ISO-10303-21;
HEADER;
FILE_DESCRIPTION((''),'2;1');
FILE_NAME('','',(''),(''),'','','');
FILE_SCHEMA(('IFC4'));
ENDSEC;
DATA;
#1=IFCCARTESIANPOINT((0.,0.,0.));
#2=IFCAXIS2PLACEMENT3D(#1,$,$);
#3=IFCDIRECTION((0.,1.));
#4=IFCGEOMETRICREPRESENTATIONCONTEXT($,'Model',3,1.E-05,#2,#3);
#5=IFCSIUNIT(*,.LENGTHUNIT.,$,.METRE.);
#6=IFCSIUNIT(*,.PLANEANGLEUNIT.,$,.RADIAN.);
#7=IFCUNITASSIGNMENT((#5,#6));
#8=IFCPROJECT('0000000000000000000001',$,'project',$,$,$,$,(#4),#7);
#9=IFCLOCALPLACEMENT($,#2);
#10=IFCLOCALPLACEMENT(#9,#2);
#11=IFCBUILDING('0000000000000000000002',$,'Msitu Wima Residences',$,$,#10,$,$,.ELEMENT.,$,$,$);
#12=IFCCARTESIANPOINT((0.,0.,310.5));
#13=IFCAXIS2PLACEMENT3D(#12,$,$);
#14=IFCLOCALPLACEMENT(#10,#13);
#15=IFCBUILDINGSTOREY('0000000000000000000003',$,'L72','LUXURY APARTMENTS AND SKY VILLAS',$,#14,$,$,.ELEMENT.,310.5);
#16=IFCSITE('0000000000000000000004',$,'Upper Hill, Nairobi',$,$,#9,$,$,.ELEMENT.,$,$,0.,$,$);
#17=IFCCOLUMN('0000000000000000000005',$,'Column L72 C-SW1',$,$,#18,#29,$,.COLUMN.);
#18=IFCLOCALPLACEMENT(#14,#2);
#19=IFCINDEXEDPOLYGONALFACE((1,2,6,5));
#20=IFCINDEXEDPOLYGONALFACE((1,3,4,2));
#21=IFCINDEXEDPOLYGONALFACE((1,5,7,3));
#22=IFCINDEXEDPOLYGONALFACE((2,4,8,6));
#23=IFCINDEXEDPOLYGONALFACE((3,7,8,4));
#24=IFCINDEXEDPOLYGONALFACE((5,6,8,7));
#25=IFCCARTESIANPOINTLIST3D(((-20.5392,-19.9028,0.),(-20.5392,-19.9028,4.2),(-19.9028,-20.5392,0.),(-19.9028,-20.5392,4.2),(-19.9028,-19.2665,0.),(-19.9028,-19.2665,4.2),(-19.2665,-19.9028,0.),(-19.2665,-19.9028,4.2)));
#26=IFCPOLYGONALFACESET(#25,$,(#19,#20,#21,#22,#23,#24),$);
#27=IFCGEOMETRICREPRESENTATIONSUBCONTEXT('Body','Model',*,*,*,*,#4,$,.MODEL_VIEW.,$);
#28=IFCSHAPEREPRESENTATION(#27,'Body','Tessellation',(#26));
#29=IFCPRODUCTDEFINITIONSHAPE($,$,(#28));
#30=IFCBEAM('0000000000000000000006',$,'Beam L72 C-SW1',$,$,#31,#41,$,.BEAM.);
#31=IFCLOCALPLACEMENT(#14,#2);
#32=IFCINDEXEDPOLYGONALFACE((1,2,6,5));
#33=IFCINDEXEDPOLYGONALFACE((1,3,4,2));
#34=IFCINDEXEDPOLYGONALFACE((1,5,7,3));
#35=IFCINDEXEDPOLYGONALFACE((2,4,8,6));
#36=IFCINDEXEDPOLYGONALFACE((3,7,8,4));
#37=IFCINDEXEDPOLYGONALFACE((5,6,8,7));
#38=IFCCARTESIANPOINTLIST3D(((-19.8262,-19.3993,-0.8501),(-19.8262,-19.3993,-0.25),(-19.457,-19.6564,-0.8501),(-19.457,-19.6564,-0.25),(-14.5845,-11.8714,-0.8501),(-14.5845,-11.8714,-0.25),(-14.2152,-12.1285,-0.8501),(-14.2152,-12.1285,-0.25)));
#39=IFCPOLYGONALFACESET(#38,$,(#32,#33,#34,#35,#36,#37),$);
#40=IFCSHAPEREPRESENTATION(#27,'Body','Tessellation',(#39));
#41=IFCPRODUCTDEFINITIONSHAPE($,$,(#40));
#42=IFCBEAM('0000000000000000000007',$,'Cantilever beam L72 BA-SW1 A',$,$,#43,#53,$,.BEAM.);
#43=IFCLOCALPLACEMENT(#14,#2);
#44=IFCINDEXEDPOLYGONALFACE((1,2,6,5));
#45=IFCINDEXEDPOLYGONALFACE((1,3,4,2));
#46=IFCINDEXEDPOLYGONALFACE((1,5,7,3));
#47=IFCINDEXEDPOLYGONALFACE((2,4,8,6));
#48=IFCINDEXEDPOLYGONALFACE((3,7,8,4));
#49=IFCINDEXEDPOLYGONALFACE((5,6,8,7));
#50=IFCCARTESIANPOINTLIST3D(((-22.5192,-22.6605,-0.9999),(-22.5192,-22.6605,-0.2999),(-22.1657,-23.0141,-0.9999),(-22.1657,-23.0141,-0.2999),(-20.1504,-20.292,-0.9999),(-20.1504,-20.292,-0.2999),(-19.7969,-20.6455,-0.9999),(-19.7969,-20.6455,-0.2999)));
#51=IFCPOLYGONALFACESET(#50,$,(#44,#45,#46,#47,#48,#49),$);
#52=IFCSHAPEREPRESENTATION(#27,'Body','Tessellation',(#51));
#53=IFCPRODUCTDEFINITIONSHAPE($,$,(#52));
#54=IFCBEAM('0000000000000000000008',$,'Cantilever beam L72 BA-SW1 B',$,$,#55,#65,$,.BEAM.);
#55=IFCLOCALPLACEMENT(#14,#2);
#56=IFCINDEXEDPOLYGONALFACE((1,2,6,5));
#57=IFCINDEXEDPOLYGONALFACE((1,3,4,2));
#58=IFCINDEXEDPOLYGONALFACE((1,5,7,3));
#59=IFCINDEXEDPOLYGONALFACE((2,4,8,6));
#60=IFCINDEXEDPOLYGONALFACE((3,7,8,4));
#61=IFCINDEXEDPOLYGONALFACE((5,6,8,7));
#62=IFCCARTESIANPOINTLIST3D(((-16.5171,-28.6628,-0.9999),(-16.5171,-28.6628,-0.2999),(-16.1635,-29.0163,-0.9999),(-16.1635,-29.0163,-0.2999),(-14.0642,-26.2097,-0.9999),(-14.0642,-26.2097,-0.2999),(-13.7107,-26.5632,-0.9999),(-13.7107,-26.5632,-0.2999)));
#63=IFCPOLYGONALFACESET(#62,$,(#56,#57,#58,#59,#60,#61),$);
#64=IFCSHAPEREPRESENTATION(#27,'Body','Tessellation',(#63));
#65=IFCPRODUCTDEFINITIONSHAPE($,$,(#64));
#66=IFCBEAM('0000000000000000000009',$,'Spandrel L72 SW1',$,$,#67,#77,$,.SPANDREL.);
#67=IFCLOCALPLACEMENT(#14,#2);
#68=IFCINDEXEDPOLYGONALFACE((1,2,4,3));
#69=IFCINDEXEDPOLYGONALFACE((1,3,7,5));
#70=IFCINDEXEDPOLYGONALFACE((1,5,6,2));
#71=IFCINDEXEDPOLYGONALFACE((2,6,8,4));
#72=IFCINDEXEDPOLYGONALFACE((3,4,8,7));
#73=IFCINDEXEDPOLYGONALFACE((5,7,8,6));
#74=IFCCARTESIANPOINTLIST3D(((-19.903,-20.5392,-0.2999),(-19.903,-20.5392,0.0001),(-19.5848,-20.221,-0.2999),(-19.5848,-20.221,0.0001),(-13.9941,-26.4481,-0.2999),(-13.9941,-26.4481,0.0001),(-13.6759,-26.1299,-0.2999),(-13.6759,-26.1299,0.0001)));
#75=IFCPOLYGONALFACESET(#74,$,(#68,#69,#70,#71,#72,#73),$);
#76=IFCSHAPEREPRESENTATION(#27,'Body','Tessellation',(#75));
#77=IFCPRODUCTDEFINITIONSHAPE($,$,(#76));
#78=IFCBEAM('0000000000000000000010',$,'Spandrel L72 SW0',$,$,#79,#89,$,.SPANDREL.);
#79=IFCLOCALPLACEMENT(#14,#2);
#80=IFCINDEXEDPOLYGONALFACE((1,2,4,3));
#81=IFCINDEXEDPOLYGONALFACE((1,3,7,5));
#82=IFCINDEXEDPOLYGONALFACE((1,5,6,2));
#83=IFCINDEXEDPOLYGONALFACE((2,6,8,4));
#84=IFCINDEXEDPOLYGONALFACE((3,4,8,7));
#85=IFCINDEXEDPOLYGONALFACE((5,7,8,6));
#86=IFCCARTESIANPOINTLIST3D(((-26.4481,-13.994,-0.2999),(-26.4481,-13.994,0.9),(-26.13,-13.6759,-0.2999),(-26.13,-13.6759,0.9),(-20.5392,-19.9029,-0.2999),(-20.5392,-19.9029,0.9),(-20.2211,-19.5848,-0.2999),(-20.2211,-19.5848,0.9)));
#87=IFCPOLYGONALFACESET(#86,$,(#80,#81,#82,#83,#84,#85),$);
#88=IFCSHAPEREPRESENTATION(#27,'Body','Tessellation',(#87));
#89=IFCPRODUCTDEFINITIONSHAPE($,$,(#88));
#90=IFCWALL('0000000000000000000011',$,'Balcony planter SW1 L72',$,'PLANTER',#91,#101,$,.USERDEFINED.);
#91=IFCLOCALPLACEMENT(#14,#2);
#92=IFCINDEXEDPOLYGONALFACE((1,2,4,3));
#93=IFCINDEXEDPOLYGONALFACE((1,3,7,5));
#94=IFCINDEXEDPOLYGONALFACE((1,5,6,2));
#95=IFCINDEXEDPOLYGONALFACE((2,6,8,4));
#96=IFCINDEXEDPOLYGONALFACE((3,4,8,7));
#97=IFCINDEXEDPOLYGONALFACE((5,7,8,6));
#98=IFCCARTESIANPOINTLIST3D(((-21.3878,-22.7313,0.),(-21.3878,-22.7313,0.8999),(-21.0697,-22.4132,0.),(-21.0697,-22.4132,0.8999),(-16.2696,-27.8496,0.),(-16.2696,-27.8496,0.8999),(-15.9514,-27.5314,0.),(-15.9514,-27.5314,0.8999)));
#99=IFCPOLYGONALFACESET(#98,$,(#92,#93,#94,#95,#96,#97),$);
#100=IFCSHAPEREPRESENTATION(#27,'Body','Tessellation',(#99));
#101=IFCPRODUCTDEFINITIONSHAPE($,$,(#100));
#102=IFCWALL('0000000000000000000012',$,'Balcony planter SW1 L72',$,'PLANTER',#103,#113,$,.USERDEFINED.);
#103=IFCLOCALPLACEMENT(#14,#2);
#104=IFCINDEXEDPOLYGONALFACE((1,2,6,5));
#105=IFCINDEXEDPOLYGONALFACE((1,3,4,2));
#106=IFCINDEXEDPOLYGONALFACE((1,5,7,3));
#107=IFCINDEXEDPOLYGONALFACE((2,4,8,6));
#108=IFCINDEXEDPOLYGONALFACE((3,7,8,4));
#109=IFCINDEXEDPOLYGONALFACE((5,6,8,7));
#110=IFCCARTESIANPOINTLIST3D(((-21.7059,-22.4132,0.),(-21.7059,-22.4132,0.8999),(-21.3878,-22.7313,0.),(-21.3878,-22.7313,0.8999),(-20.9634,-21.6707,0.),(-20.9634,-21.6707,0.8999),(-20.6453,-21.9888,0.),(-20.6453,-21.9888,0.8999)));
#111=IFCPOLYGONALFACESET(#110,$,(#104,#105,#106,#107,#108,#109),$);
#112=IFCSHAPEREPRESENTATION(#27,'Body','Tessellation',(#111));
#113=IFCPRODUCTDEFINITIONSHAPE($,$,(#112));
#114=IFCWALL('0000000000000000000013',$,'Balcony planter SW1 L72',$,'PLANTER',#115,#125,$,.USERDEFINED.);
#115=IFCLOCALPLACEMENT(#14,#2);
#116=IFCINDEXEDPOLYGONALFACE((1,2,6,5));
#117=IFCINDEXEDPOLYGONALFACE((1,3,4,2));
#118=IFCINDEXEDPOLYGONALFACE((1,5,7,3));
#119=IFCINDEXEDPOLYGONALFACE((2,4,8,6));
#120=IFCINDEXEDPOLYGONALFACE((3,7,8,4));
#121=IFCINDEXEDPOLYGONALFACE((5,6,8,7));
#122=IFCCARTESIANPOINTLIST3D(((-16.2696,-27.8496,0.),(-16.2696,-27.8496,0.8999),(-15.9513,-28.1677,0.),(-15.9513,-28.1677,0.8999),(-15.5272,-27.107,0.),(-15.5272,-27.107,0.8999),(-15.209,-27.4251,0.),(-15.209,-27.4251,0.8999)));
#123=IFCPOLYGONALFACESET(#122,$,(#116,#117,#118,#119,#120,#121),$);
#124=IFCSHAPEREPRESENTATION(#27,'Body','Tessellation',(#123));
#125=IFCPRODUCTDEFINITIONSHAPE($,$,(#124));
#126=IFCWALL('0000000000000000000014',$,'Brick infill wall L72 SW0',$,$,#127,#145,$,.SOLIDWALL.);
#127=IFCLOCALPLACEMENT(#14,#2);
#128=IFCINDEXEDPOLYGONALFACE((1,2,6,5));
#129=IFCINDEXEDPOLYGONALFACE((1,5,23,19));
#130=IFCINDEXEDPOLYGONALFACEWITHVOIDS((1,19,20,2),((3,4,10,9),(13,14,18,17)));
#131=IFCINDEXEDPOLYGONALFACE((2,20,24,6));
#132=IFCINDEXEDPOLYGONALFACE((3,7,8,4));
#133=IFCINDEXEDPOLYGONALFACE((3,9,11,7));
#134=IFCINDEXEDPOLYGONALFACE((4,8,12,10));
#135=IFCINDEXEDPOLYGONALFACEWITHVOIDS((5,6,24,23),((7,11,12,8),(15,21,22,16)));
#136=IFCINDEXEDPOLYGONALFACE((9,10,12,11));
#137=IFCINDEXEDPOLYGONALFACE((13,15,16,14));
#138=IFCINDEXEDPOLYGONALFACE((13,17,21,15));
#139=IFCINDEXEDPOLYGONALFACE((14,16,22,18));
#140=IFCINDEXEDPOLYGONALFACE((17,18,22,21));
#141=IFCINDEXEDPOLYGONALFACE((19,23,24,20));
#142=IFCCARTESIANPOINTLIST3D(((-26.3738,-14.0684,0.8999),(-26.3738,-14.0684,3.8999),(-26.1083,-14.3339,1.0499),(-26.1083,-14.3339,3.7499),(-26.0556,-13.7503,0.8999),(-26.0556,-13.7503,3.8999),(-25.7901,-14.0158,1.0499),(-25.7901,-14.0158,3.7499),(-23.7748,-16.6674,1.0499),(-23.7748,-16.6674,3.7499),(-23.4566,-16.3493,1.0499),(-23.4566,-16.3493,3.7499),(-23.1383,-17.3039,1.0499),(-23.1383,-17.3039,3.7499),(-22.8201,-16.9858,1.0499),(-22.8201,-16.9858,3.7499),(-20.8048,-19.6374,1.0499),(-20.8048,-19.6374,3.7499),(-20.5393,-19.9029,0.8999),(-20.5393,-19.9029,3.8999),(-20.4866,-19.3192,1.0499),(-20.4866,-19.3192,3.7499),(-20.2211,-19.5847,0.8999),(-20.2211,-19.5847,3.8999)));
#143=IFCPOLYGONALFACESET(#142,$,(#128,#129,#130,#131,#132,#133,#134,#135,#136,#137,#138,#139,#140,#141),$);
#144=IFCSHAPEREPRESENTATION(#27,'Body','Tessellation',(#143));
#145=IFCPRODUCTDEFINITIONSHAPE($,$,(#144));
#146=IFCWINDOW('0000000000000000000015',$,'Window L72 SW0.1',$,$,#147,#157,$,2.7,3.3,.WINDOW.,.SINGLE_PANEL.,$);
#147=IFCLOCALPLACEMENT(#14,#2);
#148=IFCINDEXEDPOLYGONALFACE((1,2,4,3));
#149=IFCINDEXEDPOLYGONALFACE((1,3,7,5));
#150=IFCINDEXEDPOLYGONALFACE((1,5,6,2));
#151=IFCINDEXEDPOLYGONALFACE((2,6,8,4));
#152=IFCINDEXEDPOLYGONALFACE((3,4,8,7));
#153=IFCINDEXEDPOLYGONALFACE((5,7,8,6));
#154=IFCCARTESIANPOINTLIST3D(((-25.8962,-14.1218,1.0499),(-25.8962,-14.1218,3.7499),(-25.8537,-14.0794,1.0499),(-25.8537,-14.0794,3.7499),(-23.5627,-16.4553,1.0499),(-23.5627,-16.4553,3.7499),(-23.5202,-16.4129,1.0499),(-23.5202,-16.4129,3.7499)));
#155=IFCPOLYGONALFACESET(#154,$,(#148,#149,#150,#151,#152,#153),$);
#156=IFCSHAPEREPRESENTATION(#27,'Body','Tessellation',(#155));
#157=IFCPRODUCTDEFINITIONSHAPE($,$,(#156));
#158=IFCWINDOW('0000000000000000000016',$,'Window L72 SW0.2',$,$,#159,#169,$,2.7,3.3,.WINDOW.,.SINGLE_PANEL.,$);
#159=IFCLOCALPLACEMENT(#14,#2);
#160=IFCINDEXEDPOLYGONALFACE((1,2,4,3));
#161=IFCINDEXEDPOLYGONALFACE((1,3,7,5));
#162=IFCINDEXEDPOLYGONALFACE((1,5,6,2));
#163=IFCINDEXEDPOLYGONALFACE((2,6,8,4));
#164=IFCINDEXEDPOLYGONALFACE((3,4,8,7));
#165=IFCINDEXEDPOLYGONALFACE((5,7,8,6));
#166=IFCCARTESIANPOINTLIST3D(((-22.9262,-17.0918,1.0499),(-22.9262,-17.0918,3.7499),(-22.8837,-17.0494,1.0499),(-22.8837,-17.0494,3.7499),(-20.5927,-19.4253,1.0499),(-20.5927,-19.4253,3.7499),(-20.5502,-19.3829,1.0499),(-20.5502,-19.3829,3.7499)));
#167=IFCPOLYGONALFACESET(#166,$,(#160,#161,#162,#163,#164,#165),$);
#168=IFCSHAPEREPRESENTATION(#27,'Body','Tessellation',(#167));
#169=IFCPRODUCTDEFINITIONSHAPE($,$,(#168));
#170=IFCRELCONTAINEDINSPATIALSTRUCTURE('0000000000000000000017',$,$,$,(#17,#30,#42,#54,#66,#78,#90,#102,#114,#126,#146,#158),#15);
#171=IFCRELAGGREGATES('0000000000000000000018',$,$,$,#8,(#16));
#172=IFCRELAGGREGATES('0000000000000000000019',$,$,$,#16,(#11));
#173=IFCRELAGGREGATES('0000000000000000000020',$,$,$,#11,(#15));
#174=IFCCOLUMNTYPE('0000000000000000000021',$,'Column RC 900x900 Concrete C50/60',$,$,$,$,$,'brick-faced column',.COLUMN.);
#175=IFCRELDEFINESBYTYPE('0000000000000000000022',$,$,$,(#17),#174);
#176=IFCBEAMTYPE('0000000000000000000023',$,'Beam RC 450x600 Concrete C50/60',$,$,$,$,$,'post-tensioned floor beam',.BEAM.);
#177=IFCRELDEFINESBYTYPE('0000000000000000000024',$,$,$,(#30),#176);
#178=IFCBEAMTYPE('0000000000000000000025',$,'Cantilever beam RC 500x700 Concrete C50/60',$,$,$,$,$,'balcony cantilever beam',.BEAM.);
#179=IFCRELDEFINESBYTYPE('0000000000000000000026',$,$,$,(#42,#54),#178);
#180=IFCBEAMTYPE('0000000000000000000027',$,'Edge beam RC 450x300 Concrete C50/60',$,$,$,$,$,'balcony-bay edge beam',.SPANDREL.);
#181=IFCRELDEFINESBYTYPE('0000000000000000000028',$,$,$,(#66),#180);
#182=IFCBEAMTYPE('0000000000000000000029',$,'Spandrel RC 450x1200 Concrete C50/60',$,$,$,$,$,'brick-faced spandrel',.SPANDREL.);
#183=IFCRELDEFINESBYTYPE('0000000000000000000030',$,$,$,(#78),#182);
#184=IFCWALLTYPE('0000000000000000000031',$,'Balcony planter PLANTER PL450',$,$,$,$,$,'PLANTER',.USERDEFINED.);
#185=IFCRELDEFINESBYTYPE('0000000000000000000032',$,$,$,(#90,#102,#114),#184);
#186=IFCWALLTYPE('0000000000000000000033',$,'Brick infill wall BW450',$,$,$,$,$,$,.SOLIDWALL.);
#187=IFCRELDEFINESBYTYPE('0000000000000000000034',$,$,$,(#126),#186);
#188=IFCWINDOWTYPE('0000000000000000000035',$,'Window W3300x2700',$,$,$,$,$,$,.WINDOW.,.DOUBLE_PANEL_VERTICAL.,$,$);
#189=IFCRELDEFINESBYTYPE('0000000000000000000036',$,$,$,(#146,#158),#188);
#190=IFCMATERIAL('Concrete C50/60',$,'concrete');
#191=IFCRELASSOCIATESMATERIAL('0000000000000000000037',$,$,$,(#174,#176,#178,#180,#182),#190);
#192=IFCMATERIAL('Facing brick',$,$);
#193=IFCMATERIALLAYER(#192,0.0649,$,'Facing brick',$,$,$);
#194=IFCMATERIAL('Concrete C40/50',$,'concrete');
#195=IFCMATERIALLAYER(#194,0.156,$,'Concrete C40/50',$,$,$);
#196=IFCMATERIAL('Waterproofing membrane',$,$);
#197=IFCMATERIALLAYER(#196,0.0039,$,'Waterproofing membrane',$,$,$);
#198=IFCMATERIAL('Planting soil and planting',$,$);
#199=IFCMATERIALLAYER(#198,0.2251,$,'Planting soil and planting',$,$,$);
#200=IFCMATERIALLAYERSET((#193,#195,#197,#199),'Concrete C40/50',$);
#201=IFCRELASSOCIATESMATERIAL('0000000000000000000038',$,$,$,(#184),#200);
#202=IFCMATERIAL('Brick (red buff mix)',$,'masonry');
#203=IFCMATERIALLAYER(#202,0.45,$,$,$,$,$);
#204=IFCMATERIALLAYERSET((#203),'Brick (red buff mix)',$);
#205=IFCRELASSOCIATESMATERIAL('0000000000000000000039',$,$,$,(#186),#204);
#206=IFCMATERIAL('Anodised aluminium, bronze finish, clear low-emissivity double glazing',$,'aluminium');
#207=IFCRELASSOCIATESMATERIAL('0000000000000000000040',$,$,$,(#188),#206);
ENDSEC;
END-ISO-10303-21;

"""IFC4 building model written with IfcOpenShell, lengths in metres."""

from ifc_helpers import new_model, si_unit, direction, frame, frame_2d, origin, origin_2d, place, context, subcontext, project, spatial, rectangle, extrude, material, layer, layer_set, material_profile, profile_set, type_object, element, fill, save


model = new_model("IFC4")

# Units and contexts
model_context = context("Model", 3, precision=1e-05, world=origin(), true_north=direction((0.0, 1.0)))
body_context = subcontext(model_context, "Body", "Model", "MODEL_VIEW")
ifc_project = project(units=[si_unit("LENGTHUNIT", "METRE"), si_unit("PLANEANGLEUNIT", "RADIAN")], contexts=[model_context])

# Site, building, storey
site_placement = place(None, origin())
site = spatial("IfcSite", under=ifc_project, at=site_placement, Name="Upper Hill, Nairobi", CompositionType="ELEMENT", RefElevation=0.0)
building_placement = place(site_placement, origin())
building = spatial("IfcBuilding", under=site, at=building_placement, Name="Msitu Wima Residences", CompositionType="ELEMENT")
storey_placement = place(building_placement, frame((0.0, 0.0, 310.5)))
storey = spatial("IfcBuildingStorey", under=building, at=storey_placement, Name="L72", Description="LUXURY APARTMENTS AND SKY VILLAS", CompositionType="ELEMENT", Elevation=310.5)

# Column
ifc_material_1 = material(Name="Concrete C50/60", Category="concrete")
ifc_material_profile_1 = material_profile(ifc_material_1, rectangle(XDim=0.8999, YDim=0.8999, at=origin_2d()), Name="RC 900x900")
ifc_profile_set_1 = profile_set([ifc_material_profile_1], Name="Concrete C50/60")
column_type = type_object("IfcColumnType", Name="Column RC 900x900 Concrete C50/60", ElementType="brick-faced column", PredefinedType="COLUMN", material=ifc_profile_set_1)
column_placement = place(storey_placement, frame((-19.9028, -19.9028, 0.0), z_axis=(0.0, 0.0, 1.0), x_axis=(0.707107, -0.707107, 0.0)))
element("IfcColumn", 1, at=column_placement, inside=storey, type_object=column_type, Name="Column L72 C-SW1", PredefinedType="COLUMN", context=body_context, shape_type="SweptSolid", body=[
    extrude(rectangle(XDim=0.8999, YDim=0.8999, at=origin_2d()), origin(), (0.0, 0.0, 1.0), 4.2),
])

# Beams
ifc_material_profile_2 = material_profile(ifc_material_1, rectangle(XDim=0.45, YDim=0.6001, at=origin_2d()), Name="RC 450x600")
ifc_profile_set_2 = profile_set([ifc_material_profile_2], Name="Concrete C50/60")
beam_type_1 = type_object("IfcBeamType", Name="Beam RC 450x600 Concrete C50/60", ElementType="post-tensioned floor beam", PredefinedType="BEAM", material=ifc_profile_set_2)
beam_1_placement = place(storey_placement, frame((-19.6416, -19.5278, -0.55), z_axis=(0.571428, 0.820652, 0.0), x_axis=(-0.820652, 0.571428, 0.0)))
element("IfcBeam", 2, at=beam_1_placement, inside=storey, type_object=beam_type_1, Name="Beam L72 C-SW1", PredefinedType="BEAM", context=body_context, shape_type="SweptSolid", body=[
    extrude(rectangle(XDim=0.45, YDim=0.6001, at=origin_2d()), origin(), (0.0, 0.0, 1.0), 9.1731),
])
ifc_material_profile_3 = material_profile(ifc_material_1, rectangle(XDim=0.5, YDim=0.7, at=origin_2d()), Name="RC 500x700")
ifc_profile_set_3 = profile_set([ifc_material_profile_3], Name="Concrete C50/60")
beam_type_2 = type_object("IfcBeamType", Name="Cantilever beam RC 500x700 Concrete C50/60", ElementType="balcony cantilever beam", PredefinedType="BEAM", material=ifc_profile_set_3)
beam_2_placement = place(storey_placement, frame((-19.9736, -20.4688, -0.6499), z_axis=(-0.707143, -0.70707, 0.0), x_axis=(0.70707, -0.707143, 0.0)))
element("IfcBeam", 3, at=beam_2_placement, inside=storey, type_object=beam_type_2, Name="Cantilever beam L72 BA-SW1 A", PredefinedType="BEAM", context=body_context, shape_type="SweptSolid", body=[
    extrude(rectangle(XDim=0.5, YDim=0.7, at=origin_2d()), origin(), (0.0, 0.0, 1.0), 3.3499),
])
beam_3_placement = place(storey_placement, frame((-13.8875, -26.3865, -0.6499), z_axis=(-0.707072, -0.707142, 0.0), x_axis=(0.707142, -0.707072, 0.0)))
element("IfcBeam", 4, at=beam_3_placement, inside=storey, type_object=beam_type_2, Name="Cantilever beam L72 BA-SW1 B", PredefinedType="BEAM", context=body_context, shape_type="SweptSolid", body=[
    extrude(rectangle(XDim=0.5, YDim=0.7, at=origin_2d()), origin(), (0.0, 0.0, 1.0), 3.469),
])
ifc_material_profile_4 = material_profile(ifc_material_1, rectangle(XDim=0.45, YDim=0.3, at=origin_2d()), Name="RC 450x300")
ifc_profile_set_4 = profile_set([ifc_material_profile_4], Name="Concrete C50/60")
beam_type_3 = type_object("IfcBeamType", Name="Edge beam RC 450x300 Concrete C50/60", ElementType="balcony-bay edge beam", PredefinedType="SPANDREL", material=ifc_profile_set_4)
beam_4_placement = place(storey_placement, frame((-19.7439, -20.3801, -0.1499), z_axis=(0.707107, -0.707107, 0.0), x_axis=(0.707107, 0.707107, 0.0)))
element("IfcBeam", 5, at=beam_4_placement, inside=storey, type_object=beam_type_3, Name="Spandrel L72 SW1", PredefinedType="SPANDREL", context=body_context, shape_type="SweptSolid", body=[
    extrude(rectangle(XDim=0.45, YDim=0.3, at=origin_2d()), origin(), (0.0, 0.0, 1.0), 8.3564),
])
ifc_material_profile_5 = material_profile(ifc_material_1, rectangle(XDim=0.45, YDim=1.2, at=origin_2d()), Name="RC 450x1200")
ifc_profile_set_5 = profile_set([ifc_material_profile_5], Name="Concrete C50/60")
beam_type_4 = type_object("IfcBeamType", Name="Spandrel RC 450x1200 Concrete C50/60", ElementType="brick-faced spandrel", PredefinedType="SPANDREL", material=ifc_profile_set_5)
beam_5_placement = place(storey_placement, frame((-26.2891, -13.835, 0.3), z_axis=(0.707107, -0.707107, 0.0), x_axis=(0.707107, 0.707107, 0.0)))
element("IfcBeam", 6, at=beam_5_placement, inside=storey, type_object=beam_type_4, Name="Spandrel L72 SW0", PredefinedType="SPANDREL", context=body_context, shape_type="SweptSolid", body=[
    extrude(rectangle(XDim=0.45, YDim=1.2, at=origin_2d()), origin(), (0.0, 0.0, 1.0), 8.3564),
])

# Walls
ifc_material_2 = material(Name="Facing brick")
ifc_layer_1 = layer(ifc_material_2, 0.0649, Name="Facing brick")
ifc_material_3 = material(Name="Concrete C40/50", Category="concrete")
ifc_layer_2 = layer(ifc_material_3, 0.156, Name="Concrete C40/50")
ifc_material_4 = material(Name="Waterproofing membrane")
ifc_layer_3 = layer(ifc_material_4, 0.0039, Name="Waterproofing membrane")
ifc_material_5 = material(Name="Planting soil and planting")
ifc_layer_4 = layer(ifc_material_5, 0.2251, Name="Planting soil and planting")
ifc_layer_set_1 = layer_set([ifc_layer_1, ifc_layer_2, ifc_layer_3, ifc_layer_4], Name="Concrete C40/50")
wall_type_1 = type_object("IfcWallType", Name="Balcony planter PLANTER PL450", ElementType="PLANTER", PredefinedType="USERDEFINED", material=ifc_layer_set_1)
wall_1_placement = place(storey_placement, frame((-21.2288, -22.5723, 0.0), z_axis=(0.0, 0.0, 1.0), x_axis=(0.707107, -0.707107, 0.0)))
element("IfcWall", 7, at=wall_1_placement, inside=storey, type_object=wall_type_1, Name="Balcony planter SW1 L72", ObjectType="PLANTER", PredefinedType="USERDEFINED", context=body_context, shape_type="SweptSolid", body=[
    extrude(rectangle(XDim=7.2383, YDim=0.45, at=frame_2d((3.6191, 0.0))), origin(), (0.0, 0.0, 1.0), 0.8999),
])
for number, where, z_axis, x_axis, name in (
    (8, (-20.8044, -21.8298, 0.0), (0.0, 0.0, 1.0), (-0.707107, -0.707107, 0.0), "Balcony planter SW1 L72"),
    (9, (-15.3682, -27.2661, 0.0), (0.0, 0.0, 1.0), (-0.706991, -0.707223, 0.0), "Balcony planter SW1 L72"),
):
    element("IfcWall", number, at=place(storey_placement, frame(where, z_axis=z_axis, x_axis=x_axis)), inside=storey, type_object=wall_type_1, Name=name, ObjectType="PLANTER", PredefinedType="USERDEFINED", context=body_context, shape_type="SweptSolid", body=[
        extrude(rectangle(XDim=1.05, YDim=0.45, at=frame_2d((0.5249, 0.0))), origin(), (0.0, 0.0, 1.0), 0.8999),
    ])

# Wall, openings, windows
ifc_material_6 = material(Name="Brick (red buff mix)", Category="masonry")
ifc_layer_5 = layer(ifc_material_6, 0.45)
ifc_layer_set_2 = layer_set([ifc_layer_5], Name="Brick (red buff mix)")
wall_type_2 = type_object("IfcWallType", Name="Brick infill wall BW450", PredefinedType="SOLIDWALL", material=ifc_layer_set_2)
wall_2_placement = place(storey_placement, frame((-26.2146, -13.9094, 0.8999), z_axis=(0.0, 0.0, 1.0), x_axis=(0.707107, -0.707107, 0.0)))
wall_2 = element("IfcWall", 10, at=wall_2_placement, inside=storey, type_object=wall_type_2, Name="Brick infill wall L72 SW0", PredefinedType="SOLIDWALL", context=body_context, shape_type="SweptSolid", body=[
    extrude(rectangle(XDim=8.2512, YDim=0.45, at=frame_2d((4.1255, 0.0))), origin(), (0.0, 0.0, 1.0), 3.0),
])
opening_1_placement = place(wall_2_placement, frame((0.3755, 0.0, 0.1499)))
opening_1 = element("IfcOpeningElement", 11, at=opening_1_placement, cuts=wall_2, PredefinedType="OPENING", context=body_context, shape_type="SweptSolid", body=[
    extrude(rectangle(XDim=3.3, YDim=2.7, at=frame_2d((1.6499, 1.3501))), frame((0.0, 0.2349, 0.0), z_axis=(0.0, -1.0, 0.0), x_axis=(1.0, 0.0, 0.0)), (0.0, 0.0, 1.0), 0.47),
])
opening_2_placement = place(wall_2_placement, frame((4.5757, 0.0, 0.1499)))
opening_2 = element("IfcOpeningElement", 12, at=opening_2_placement, cuts=wall_2, PredefinedType="OPENING", context=body_context, shape_type="SweptSolid", body=[
    extrude(rectangle(XDim=3.3, YDim=2.7, at=frame_2d((1.6499, 1.3501))), frame((0.0, 0.2349, 0.0), z_axis=(0.0, -1.0, 0.0), x_axis=(1.0, 0.0, 0.0)), (0.0, 0.0, 1.0), 0.47),
])
ifc_material_7 = material(Name="Anodised aluminium, bronze finish, clear low-emissivity double glazing", Category="aluminium")
window_type = type_object("IfcWindowType", Name="Window W3300x2700", PartitioningType="DOUBLE_PANEL_VERTICAL", PredefinedType="WINDOW", material=ifc_material_7)
window_1_placement = place(opening_1_placement, origin())
window_1 = element("IfcWindow", 13, at=window_1_placement, inside=storey, type_object=window_type, Name="Window L72 SW0.1", OverallHeight=2.7, OverallWidth=3.3, PartitioningType="SINGLE_PANEL", PredefinedType="WINDOW", context=body_context, shape_type="SweptSolid", body=[
    extrude(rectangle(XDim=3.3, YDim=2.7, at=frame_2d((1.6499, 1.3501))), frame((0.0, 0.135, 0.0), z_axis=(0.0, -1.0, 0.0), x_axis=(1.0, 0.0, 0.0)), (0.0, 0.0, 1.0), 0.0601),
])
fill(opening_1, window_1)
window_2_placement = place(opening_2_placement, origin())
window_2 = element("IfcWindow", 14, at=window_2_placement, inside=storey, type_object=window_type, Name="Window L72 SW0.2", OverallHeight=2.7, OverallWidth=3.3, PartitioningType="SINGLE_PANEL", PredefinedType="WINDOW", context=body_context, shape_type="SweptSolid", body=[
    extrude(rectangle(XDim=3.3, YDim=2.7, at=frame_2d((1.6499, 1.3501))), frame((0.0, 0.135, 0.0), z_axis=(0.0, -1.0, 0.0), x_axis=(1.0, 0.0, 0.0)), (0.0, 0.0, 1.0), 0.0601),
])
fill(opening_2, window_2)

save(model, "model.ifc")
